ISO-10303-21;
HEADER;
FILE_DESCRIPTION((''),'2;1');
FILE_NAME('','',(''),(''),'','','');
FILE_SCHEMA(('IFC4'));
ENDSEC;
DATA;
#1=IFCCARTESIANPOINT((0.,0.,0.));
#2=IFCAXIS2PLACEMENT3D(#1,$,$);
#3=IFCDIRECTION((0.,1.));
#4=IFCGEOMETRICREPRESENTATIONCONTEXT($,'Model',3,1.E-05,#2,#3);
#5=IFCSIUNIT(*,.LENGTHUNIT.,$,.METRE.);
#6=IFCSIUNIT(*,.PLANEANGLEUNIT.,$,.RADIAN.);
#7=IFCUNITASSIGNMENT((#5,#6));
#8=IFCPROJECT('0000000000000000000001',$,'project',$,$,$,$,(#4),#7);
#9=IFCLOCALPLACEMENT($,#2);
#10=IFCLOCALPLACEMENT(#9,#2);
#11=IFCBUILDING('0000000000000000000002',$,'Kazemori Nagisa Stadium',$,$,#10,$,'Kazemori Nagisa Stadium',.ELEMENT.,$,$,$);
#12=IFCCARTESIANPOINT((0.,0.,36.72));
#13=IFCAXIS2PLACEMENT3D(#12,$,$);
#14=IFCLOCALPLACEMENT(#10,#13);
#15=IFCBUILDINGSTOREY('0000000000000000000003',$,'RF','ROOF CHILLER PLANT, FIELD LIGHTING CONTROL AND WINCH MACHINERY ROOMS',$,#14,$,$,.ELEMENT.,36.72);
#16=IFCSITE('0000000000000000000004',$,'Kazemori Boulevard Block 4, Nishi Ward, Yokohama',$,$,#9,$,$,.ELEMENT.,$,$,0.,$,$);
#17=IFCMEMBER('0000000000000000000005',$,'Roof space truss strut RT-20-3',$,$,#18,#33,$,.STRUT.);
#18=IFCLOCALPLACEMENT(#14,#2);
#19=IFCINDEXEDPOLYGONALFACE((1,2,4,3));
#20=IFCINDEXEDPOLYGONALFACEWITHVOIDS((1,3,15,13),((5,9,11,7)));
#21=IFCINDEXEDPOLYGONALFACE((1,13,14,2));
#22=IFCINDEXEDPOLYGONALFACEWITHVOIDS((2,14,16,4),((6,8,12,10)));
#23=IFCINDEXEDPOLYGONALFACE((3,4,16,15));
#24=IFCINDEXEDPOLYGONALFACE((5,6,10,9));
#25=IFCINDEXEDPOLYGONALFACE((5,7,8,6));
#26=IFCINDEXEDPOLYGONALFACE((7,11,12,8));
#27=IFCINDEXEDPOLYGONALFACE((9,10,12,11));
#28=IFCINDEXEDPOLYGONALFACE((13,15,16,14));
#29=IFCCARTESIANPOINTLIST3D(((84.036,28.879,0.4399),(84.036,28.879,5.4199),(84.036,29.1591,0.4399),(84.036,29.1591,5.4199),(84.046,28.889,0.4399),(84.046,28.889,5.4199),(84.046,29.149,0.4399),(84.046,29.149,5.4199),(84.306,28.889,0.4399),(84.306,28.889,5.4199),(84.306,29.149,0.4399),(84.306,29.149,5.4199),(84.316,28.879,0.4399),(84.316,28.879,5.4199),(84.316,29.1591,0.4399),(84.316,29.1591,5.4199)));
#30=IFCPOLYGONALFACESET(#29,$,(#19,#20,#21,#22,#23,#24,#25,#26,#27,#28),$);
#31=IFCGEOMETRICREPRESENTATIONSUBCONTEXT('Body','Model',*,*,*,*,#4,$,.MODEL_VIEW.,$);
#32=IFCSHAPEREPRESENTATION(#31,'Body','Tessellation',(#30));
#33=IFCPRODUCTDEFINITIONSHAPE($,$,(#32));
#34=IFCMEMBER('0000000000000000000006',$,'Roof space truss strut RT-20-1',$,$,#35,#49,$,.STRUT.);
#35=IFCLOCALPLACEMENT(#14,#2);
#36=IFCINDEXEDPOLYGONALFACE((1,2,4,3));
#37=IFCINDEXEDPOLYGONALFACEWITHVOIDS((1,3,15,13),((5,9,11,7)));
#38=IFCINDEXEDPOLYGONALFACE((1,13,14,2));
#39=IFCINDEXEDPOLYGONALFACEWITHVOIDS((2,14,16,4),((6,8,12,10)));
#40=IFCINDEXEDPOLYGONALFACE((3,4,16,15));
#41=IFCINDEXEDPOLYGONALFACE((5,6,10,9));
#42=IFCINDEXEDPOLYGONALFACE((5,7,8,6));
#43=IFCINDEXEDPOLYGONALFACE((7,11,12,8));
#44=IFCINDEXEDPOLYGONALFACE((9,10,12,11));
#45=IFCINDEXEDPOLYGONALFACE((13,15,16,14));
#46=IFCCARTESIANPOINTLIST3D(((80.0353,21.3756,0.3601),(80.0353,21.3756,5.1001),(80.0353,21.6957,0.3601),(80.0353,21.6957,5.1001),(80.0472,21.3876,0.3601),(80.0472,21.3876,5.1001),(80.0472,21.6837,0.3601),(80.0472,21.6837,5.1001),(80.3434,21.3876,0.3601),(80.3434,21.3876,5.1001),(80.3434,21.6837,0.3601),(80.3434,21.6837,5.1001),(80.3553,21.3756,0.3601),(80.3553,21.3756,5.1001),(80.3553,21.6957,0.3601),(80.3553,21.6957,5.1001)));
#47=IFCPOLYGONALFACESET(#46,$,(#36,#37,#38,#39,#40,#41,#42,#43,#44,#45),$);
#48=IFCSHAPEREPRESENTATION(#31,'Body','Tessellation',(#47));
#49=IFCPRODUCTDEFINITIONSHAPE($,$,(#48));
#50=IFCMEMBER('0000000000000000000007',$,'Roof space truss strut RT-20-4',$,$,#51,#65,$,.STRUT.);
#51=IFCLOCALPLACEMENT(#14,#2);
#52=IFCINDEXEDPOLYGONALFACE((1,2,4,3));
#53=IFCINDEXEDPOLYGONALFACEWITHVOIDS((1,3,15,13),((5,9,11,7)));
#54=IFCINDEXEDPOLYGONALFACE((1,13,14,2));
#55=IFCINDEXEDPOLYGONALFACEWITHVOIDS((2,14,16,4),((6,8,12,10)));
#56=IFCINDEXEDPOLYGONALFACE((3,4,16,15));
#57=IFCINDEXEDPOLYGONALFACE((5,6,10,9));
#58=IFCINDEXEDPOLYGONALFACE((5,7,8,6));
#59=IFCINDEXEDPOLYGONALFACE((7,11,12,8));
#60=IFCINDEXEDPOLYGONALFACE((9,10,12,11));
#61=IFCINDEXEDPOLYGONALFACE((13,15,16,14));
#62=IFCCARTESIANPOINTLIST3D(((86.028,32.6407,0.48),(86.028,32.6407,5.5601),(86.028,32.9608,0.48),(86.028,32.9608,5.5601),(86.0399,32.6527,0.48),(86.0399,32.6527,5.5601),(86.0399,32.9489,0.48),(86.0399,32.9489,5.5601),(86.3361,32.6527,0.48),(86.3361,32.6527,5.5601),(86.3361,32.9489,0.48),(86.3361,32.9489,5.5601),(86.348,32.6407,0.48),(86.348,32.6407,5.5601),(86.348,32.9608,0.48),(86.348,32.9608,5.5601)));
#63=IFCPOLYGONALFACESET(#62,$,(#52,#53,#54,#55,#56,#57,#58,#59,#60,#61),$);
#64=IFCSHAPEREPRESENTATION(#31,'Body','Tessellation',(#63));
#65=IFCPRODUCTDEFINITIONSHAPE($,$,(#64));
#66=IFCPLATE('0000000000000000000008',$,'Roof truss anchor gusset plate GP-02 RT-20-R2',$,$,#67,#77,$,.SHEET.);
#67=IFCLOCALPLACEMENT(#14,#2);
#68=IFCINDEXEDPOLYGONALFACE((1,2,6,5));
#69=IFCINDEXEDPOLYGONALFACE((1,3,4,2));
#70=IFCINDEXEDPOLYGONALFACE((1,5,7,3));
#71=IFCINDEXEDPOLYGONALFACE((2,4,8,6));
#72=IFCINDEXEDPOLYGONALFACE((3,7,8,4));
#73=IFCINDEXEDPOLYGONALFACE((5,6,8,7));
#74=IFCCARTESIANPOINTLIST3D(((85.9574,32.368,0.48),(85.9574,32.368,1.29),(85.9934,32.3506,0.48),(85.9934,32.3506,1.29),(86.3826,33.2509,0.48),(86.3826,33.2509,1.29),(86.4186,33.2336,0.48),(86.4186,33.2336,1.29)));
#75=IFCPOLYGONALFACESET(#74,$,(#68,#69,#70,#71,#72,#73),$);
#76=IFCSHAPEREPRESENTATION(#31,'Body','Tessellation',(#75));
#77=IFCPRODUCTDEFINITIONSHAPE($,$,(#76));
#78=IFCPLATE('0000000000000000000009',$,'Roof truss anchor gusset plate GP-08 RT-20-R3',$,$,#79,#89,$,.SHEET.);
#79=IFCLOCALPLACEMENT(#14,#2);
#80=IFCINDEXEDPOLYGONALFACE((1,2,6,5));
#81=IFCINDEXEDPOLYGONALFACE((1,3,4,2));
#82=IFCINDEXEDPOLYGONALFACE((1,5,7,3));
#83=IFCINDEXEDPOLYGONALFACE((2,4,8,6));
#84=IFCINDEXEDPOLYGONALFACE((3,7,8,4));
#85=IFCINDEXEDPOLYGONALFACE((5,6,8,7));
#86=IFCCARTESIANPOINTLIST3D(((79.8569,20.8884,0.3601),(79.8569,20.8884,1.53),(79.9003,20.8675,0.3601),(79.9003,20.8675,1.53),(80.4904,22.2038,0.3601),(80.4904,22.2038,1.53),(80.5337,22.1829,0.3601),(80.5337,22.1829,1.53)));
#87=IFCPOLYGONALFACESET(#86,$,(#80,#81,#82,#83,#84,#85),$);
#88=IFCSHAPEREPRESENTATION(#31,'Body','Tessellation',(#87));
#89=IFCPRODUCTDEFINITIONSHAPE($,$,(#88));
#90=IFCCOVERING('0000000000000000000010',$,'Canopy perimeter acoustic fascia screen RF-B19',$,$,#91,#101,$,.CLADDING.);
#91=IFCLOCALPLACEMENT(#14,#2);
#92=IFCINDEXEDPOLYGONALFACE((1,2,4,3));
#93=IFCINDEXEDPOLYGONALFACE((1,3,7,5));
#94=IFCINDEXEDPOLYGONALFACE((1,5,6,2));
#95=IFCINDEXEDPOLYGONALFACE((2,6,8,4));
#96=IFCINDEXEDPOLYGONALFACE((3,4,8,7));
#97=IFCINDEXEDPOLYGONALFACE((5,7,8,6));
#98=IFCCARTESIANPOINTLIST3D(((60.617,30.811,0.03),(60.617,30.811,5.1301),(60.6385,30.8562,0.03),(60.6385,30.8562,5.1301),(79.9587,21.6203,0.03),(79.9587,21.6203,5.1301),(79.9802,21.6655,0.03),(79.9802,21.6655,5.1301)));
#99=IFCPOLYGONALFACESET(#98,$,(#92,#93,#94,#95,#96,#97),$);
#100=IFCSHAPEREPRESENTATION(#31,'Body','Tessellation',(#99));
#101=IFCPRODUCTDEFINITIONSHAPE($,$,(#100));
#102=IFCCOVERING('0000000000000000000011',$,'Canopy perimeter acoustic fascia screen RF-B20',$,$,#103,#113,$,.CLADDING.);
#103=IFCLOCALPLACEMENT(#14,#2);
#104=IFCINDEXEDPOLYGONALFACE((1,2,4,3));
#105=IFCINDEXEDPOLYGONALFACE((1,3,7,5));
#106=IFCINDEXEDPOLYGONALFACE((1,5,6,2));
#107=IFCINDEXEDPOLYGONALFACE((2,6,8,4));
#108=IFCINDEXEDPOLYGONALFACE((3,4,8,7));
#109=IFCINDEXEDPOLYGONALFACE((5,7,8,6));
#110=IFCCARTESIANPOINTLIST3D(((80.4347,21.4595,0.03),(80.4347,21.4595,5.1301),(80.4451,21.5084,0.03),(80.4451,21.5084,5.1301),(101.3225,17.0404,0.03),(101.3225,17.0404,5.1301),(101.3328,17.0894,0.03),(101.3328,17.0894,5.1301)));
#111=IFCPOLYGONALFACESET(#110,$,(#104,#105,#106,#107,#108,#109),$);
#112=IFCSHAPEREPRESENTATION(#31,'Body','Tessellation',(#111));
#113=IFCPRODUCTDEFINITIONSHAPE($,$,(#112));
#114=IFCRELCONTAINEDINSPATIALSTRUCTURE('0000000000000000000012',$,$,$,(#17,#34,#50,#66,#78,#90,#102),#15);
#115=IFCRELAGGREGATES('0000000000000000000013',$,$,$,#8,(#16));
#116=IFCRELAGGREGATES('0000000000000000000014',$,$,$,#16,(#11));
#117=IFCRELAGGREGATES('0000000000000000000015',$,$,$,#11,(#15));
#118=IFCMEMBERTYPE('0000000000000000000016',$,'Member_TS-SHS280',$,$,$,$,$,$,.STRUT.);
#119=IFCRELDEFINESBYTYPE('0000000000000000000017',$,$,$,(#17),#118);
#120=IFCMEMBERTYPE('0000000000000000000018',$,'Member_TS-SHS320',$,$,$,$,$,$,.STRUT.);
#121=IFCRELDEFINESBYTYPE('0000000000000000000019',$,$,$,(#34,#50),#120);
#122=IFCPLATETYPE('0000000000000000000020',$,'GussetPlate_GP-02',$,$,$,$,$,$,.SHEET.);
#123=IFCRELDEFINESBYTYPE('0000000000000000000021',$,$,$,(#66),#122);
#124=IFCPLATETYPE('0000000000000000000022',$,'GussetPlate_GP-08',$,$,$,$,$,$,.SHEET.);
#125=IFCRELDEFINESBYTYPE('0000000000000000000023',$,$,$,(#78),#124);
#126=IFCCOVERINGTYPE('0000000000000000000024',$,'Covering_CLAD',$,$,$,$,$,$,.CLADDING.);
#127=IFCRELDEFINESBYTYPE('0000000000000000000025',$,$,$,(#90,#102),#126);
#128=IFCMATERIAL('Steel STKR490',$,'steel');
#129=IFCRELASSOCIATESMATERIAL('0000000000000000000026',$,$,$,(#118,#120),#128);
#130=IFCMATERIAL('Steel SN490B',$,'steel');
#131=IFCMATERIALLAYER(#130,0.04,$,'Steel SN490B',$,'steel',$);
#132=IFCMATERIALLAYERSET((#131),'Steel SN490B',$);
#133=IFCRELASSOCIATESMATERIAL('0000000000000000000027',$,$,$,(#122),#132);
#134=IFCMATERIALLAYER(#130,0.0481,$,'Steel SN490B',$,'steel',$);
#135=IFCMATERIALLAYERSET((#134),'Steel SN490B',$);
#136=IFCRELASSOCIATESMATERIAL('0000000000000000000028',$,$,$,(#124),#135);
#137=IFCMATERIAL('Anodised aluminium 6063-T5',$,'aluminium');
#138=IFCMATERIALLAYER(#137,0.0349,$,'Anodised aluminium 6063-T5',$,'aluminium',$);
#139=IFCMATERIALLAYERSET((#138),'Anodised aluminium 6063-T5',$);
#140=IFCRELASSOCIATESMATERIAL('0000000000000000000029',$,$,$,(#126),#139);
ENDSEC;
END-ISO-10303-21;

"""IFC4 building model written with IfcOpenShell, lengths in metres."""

from ifc_helpers import new_model, si_unit, direction, frame, origin, origin_2d, place, context, subcontext, project, spatial, rectangle, hollow_rectangle, extrude, material, layer, layer_set, material_profile, profile_set, type_object, element, save


model = new_model("IFC4")

# Units and contexts
model_context = context("Model", 3, precision=1e-05, world=origin(), true_north=direction((0.0, 1.0)))
body_context = subcontext(model_context, "Body", "Model", "MODEL_VIEW")
ifc_project = project(units=[si_unit("LENGTHUNIT", "METRE"), si_unit("PLANEANGLEUNIT", "RADIAN")], contexts=[model_context])

# Site, building, storey
site_placement = place(None, origin())
site = spatial("IfcSite", under=ifc_project, at=site_placement, Name="Kazemori Boulevard Block 4, Nishi Ward, Yokohama", CompositionType="ELEMENT", RefElevation=0.0)
building_placement = place(site_placement, origin())
building = spatial("IfcBuilding", under=site, at=building_placement, Name="Kazemori Nagisa Stadium", LongName="Kazemori Nagisa Stadium", CompositionType="ELEMENT")
storey_placement = place(building_placement, frame((0.0, 0.0, 36.72)))
storey = spatial("IfcBuildingStorey", under=building, at=storey_placement, Name="RF", Description="ROOF CHILLER PLANT, FIELD LIGHTING CONTROL AND WINCH MACHINERY ROOMS", CompositionType="ELEMENT", Elevation=36.72)

# Shared definitions
ifc_material_1 = material(Name="Steel SN490B", Category="steel")

# Members
ifc_material_2 = material(Name="Steel STKR490", Category="steel")
ifc_material_profile_1 = material_profile(ifc_material_2, hollow_rectangle(XDim=0.28, YDim=0.28, WallThickness=0.01, at=origin_2d()), Name="SHS-280x280x10")
ifc_profile_set_1 = profile_set([ifc_material_profile_1], Name="Steel STKR490")
member_type_1 = type_object("IfcMemberType", Name="Member_TS-SHS280", PredefinedType="STRUT", material=ifc_profile_set_1)
member_1_placement = place(storey_placement, frame((84.176, 29.019, 0.4399), z_axis=(0.0, 0.0, 1.0), x_axis=(1.0, 0.0, 0.0)))
element("IfcMember", 1, at=member_1_placement, inside=storey, type_object=member_type_1, Name="Roof space truss strut RT-20-3", PredefinedType="STRUT", context=body_context, shape_type="SweptSolid", body=[
    extrude(hollow_rectangle(XDim=0.28, YDim=0.28, WallThickness=0.01, at=origin_2d()), origin(), (0.0, 0.0, 1.0), 4.98),
])
ifc_material_profile_2 = material_profile(ifc_material_2, hollow_rectangle(XDim=0.3201, YDim=0.3201, WallThickness=0.012, at=origin_2d()), Name="SHS-320x320x12")
ifc_profile_set_2 = profile_set([ifc_material_profile_2], Name="Steel STKR490")
member_type_2 = type_object("IfcMemberType", Name="Member_TS-SHS320", PredefinedType="STRUT", material=ifc_profile_set_2)
member_2_placement = place(storey_placement, frame((80.1953, 21.5356, 0.3601), z_axis=(0.0, 0.0, 1.0), x_axis=(1.0, 0.0, 0.0)))
element("IfcMember", 2, at=member_2_placement, inside=storey, type_object=member_type_2, Name="Roof space truss strut RT-20-1", PredefinedType="STRUT", context=body_context, shape_type="SweptSolid", body=[
    extrude(hollow_rectangle(XDim=0.3201, YDim=0.3201, WallThickness=0.012, at=origin_2d()), origin(), (0.0, 0.0, 1.0), 4.74),
])
member_3_placement = place(storey_placement, frame((86.188, 32.8008, 0.48), z_axis=(0.0, 0.0, 1.0), x_axis=(1.0, 0.0, 0.0)))
element("IfcMember", 3, at=member_3_placement, inside=storey, type_object=member_type_2, Name="Roof space truss strut RT-20-4", PredefinedType="STRUT", context=body_context, shape_type="SweptSolid", body=[
    extrude(hollow_rectangle(XDim=0.3201, YDim=0.3201, WallThickness=0.012, at=origin_2d()), origin(), (0.0, 0.0, 1.0), 5.0801),
])

# Plates
ifc_layer_1 = layer(ifc_material_1, 0.04, Name="Steel SN490B", Category="steel")
ifc_layer_set_1 = layer_set([ifc_layer_1], Name="Steel SN490B")
plate_type_1 = type_object("IfcPlateType", Name="GussetPlate_GP-02", PredefinedType="SHEET", material=ifc_layer_set_1)
plate_1_placement = place(storey_placement, frame((86.188, 32.8008, 0.48), z_axis=(0.0, 0.0, 1.0), x_axis=(-0.433884, -0.900969, 0.0)))
element("IfcPlate", 4, at=plate_1_placement, inside=storey, type_object=plate_type_1, Name="Roof truss anchor gusset plate GP-02 RT-20-R2", PredefinedType="SHEET", context=body_context, shape_type="SweptSolid", body=[
    extrude(rectangle(XDim=0.98, YDim=0.04, at=origin_2d()), origin(), (0.0, 0.0, 1.0), 0.8101),
])
ifc_layer_2 = layer(ifc_material_1, 0.0481, Name="Steel SN490B", Category="steel")
ifc_layer_set_2 = layer_set([ifc_layer_2], Name="Steel SN490B")
plate_type_2 = type_object("IfcPlateType", Name="GussetPlate_GP-08", PredefinedType="SHEET", material=ifc_layer_set_2)
plate_2_placement = place(storey_placement, frame((80.1953, 21.5356, 0.3601), z_axis=(0.0, 0.0, 1.0), x_axis=(-0.433884, -0.900969, 0.0)))
element("IfcPlate", 5, at=plate_2_placement, inside=storey, type_object=plate_type_2, Name="Roof truss anchor gusset plate GP-08 RT-20-R3", PredefinedType="SHEET", context=body_context, shape_type="SweptSolid", body=[
    extrude(rectangle(XDim=1.46, YDim=0.0481, at=origin_2d()), origin(), (0.0, 0.0, 1.0), 1.1699),
])

# Coverings
ifc_material_3 = material(Name="Anodised aluminium 6063-T5", Category="aluminium")
ifc_layer_3 = layer(ifc_material_3, 0.0349, Name="Anodised aluminium 6063-T5", Category="aluminium")
ifc_layer_set_3 = layer_set([ifc_layer_3], Name="Anodised aluminium 6063-T5")
covering_type = type_object("IfcCoveringType", Name="Covering_CLAD", PredefinedType="CLADDING", material=ifc_layer_set_3)
covering_1_placement = place(storey_placement, frame((70.2986, 26.2383, 0.03), z_axis=(0.0, 0.0, 1.0), x_axis=(0.903216, -0.429186, 0.0)))
element("IfcCovering", 6, at=covering_1_placement, inside=storey, type_object=covering_type, Name="Canopy perimeter acoustic fascia screen RF-B19", PredefinedType="CLADDING", context=body_context, shape_type="SweptSolid", body=[
    extrude(rectangle(XDim=21.4143, YDim=0.05, at=origin_2d()), origin(), (0.0, 0.0, 1.0), 5.1001),
])
covering_2_placement = place(storey_placement, frame((90.8838, 19.2744, 0.03), z_axis=(0.0, 0.0, 1.0), x_axis=(0.978345, -0.206981, 0.0)))
element("IfcCovering", 7, at=covering_2_placement, inside=storey, type_object=covering_type, Name="Canopy perimeter acoustic fascia screen RF-B20", PredefinedType="CLADDING", context=body_context, shape_type="SweptSolid", body=[
    extrude(rectangle(XDim=21.3501, YDim=0.05, at=origin_2d()), origin(), (0.0, 0.0, 1.0), 5.1001),
])

save(model, "model.ifc")
